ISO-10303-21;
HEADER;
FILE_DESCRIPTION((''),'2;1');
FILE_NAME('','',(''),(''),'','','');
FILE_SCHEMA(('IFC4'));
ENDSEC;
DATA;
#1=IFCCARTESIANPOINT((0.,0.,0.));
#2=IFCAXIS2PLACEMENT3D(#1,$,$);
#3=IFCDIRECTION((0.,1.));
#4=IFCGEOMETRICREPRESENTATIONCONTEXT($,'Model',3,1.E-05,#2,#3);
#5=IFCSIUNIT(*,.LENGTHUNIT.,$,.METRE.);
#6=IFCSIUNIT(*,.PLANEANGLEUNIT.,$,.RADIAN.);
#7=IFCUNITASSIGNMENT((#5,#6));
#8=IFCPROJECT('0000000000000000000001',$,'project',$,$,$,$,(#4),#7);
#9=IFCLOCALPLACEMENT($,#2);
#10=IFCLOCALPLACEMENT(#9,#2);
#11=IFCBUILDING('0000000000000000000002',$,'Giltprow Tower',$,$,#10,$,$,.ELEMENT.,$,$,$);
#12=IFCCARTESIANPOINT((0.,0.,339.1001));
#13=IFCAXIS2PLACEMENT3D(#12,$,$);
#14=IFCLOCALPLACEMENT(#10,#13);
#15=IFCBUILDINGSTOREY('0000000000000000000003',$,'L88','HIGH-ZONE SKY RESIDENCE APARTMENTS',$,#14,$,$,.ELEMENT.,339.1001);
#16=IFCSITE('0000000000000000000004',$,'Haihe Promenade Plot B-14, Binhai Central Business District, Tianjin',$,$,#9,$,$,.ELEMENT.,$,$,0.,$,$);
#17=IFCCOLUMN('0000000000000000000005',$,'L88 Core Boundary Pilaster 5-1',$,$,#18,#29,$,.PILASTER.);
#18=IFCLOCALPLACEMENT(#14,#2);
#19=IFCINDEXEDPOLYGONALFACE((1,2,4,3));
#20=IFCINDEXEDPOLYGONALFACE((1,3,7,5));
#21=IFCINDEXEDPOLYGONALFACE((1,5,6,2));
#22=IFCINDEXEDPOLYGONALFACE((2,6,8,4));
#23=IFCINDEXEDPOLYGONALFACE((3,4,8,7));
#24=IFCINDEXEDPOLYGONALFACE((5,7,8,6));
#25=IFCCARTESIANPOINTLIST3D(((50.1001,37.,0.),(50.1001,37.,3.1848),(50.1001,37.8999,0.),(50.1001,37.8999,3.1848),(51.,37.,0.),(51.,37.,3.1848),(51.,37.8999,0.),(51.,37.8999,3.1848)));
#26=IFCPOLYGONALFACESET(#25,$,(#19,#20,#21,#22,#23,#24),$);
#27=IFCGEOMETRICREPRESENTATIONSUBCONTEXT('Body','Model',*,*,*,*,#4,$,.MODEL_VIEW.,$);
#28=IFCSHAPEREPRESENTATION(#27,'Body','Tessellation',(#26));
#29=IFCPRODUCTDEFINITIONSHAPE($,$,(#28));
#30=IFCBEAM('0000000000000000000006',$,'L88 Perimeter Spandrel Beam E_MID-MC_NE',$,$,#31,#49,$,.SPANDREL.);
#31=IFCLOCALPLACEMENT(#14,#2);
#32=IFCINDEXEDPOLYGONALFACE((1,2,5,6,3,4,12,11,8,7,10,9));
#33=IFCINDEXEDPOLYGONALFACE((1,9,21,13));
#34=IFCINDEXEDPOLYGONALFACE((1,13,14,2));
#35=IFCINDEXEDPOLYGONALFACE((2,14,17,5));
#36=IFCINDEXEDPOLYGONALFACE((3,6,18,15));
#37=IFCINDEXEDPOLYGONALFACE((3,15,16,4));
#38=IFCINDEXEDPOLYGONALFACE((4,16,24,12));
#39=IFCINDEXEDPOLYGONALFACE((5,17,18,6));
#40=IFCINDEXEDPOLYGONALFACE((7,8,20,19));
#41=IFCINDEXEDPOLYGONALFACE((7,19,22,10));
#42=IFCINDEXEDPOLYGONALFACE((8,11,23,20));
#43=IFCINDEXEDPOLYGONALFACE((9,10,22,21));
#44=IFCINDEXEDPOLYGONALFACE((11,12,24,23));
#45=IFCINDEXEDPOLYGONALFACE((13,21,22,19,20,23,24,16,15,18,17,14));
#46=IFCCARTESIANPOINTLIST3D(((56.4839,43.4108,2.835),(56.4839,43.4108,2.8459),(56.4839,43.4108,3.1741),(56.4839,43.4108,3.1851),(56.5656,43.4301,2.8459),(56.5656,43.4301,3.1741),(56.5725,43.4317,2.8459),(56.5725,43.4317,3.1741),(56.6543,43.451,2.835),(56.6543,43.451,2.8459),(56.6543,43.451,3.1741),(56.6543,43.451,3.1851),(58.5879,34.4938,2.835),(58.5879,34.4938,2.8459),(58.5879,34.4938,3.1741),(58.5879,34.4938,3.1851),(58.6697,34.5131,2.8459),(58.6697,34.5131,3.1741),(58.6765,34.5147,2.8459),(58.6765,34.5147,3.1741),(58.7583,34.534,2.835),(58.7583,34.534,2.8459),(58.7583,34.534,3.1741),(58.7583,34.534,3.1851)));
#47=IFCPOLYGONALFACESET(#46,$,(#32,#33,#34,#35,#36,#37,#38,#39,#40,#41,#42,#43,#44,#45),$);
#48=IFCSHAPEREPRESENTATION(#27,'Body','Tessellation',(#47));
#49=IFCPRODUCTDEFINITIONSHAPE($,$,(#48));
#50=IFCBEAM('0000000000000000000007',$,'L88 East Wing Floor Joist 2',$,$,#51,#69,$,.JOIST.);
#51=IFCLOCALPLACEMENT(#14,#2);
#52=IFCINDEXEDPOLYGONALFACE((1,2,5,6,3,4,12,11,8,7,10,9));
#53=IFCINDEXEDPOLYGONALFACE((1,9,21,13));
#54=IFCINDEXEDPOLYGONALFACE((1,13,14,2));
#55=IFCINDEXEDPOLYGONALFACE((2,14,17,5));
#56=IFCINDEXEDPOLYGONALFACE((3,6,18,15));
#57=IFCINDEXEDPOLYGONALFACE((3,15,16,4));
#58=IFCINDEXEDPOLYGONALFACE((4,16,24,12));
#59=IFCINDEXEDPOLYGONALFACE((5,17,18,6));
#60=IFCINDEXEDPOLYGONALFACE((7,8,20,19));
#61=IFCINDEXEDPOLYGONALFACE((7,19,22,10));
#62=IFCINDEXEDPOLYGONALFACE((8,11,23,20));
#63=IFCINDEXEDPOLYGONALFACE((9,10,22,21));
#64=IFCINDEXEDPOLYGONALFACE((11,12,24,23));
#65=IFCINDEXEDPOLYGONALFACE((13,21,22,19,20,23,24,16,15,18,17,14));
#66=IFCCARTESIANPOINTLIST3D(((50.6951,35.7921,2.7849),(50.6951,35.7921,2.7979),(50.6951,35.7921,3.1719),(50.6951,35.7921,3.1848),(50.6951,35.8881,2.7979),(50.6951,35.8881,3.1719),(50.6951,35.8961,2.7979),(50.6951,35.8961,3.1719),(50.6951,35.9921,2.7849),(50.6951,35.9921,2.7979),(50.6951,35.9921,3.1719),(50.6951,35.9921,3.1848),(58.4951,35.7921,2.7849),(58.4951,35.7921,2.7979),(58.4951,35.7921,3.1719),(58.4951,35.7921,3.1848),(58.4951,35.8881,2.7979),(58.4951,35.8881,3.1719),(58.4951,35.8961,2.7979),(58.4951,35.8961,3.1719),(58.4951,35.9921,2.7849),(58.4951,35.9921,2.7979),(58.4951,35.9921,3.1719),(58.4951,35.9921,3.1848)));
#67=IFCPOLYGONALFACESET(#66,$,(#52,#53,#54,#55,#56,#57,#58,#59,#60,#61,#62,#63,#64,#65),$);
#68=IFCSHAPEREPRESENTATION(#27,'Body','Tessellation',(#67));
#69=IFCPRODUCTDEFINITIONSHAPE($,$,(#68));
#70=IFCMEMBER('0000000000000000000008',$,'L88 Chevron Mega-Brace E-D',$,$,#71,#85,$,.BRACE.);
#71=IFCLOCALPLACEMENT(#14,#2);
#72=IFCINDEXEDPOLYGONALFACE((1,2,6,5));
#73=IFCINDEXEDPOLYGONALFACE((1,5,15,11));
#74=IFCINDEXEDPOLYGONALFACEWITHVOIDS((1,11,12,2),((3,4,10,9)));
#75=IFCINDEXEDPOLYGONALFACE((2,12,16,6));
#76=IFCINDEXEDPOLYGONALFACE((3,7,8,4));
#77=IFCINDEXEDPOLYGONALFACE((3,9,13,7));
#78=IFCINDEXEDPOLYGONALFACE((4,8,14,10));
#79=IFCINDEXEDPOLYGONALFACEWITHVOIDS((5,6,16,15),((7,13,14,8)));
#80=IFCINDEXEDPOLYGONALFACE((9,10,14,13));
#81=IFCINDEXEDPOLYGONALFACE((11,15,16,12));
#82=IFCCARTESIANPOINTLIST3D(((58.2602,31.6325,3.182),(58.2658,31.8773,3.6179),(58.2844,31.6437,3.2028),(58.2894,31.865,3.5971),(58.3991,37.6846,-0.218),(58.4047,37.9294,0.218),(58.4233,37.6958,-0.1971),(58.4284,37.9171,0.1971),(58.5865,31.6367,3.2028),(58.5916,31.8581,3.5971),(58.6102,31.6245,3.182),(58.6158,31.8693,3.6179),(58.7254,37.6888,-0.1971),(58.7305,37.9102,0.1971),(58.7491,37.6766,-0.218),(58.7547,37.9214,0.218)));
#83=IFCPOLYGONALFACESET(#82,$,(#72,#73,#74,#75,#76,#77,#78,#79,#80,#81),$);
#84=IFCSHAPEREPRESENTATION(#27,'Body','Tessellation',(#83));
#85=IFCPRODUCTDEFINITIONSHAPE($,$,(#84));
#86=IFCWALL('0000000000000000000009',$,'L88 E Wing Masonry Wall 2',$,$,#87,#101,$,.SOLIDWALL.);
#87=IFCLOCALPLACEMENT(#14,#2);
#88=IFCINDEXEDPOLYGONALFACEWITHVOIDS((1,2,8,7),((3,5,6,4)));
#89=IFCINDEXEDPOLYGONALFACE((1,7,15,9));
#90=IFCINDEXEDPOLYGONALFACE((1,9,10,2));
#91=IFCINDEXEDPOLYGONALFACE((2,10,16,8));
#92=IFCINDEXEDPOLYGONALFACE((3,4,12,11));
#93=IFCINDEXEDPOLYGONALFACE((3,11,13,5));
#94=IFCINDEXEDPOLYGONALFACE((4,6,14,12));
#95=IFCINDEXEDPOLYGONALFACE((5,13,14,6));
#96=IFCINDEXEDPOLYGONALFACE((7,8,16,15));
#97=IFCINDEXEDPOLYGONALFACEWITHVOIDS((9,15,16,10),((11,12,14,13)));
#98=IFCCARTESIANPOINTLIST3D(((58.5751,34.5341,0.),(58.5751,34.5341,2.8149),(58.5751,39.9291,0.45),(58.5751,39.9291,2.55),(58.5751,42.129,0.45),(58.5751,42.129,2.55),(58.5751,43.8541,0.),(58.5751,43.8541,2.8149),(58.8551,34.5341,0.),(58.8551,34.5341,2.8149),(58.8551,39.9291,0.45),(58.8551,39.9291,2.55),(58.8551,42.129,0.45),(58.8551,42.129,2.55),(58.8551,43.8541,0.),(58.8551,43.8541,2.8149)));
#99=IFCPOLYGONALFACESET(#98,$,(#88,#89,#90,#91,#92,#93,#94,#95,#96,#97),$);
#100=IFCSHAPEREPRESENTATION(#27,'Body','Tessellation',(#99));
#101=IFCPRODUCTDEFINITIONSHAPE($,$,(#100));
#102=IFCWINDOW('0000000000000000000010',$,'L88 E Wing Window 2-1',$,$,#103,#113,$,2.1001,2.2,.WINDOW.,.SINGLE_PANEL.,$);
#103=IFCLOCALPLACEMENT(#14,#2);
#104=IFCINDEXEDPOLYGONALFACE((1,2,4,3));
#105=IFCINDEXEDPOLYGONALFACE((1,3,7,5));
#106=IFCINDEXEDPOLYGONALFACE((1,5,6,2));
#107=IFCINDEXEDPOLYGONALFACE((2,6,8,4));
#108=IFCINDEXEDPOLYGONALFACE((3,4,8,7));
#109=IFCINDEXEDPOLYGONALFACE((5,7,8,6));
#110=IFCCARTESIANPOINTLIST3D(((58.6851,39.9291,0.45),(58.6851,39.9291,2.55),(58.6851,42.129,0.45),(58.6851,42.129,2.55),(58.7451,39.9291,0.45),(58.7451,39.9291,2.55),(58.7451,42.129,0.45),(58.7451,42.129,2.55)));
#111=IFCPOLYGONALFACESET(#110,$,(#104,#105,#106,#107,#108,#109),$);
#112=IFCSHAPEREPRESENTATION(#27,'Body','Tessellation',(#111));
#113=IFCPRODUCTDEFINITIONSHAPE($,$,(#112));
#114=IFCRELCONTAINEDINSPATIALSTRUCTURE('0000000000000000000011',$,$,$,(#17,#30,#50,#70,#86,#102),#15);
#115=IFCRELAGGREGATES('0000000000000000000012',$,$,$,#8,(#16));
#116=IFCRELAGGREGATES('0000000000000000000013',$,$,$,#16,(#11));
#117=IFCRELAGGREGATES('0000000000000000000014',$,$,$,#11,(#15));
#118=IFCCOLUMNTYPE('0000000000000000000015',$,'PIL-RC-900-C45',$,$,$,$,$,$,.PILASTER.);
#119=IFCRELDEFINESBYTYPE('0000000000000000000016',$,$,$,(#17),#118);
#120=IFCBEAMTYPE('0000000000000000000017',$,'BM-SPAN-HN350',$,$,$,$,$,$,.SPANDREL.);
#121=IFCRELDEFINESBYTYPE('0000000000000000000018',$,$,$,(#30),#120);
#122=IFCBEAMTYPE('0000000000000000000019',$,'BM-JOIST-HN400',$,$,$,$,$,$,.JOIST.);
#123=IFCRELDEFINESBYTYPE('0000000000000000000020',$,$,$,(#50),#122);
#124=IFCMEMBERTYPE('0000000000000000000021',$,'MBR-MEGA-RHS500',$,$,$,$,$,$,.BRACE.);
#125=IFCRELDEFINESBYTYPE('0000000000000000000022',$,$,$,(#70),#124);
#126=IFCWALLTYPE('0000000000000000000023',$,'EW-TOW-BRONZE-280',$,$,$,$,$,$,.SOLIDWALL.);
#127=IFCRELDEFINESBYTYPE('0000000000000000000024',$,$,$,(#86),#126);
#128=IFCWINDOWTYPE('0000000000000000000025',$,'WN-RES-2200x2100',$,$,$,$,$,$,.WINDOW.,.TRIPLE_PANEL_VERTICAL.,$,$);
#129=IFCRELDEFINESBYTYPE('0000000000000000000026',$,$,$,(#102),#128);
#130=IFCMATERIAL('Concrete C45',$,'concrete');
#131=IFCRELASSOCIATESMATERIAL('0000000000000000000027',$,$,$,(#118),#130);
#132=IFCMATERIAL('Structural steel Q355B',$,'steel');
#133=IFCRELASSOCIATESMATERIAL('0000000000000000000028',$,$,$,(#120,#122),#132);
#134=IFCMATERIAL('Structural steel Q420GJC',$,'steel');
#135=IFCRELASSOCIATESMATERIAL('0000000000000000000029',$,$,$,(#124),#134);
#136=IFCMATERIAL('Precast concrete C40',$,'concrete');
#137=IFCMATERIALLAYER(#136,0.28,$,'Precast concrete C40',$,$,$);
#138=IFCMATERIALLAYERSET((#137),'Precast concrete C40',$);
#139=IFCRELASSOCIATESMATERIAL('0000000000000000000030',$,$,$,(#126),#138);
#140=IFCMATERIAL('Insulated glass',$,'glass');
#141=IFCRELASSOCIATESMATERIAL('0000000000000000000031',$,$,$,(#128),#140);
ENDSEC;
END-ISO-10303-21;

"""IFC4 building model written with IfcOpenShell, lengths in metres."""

from ifc_helpers import new_model, si_unit, direction, frame, frame_2d, origin, origin_2d, place, context, subcontext, project, spatial, rectangle, hollow_rectangle, i_section, extrude, source, transform, mapped, material, layer, layer_set, material_profile, profile_set, type_object, element, fill, save


model = new_model("IFC4")

# Units and contexts
model_context = context("Model", 3, precision=1e-05, world=origin(), true_north=direction((0.0, 1.0)))
body_context = subcontext(model_context, "Body", "Model", "MODEL_VIEW")
ifc_project = project(units=[si_unit("LENGTHUNIT", "METRE"), si_unit("PLANEANGLEUNIT", "RADIAN")], contexts=[model_context])

# Site, building, storey
site_placement = place(None, origin())
site = spatial("IfcSite", under=ifc_project, at=site_placement, Name="Haihe Promenade Plot B-14, Binhai Central Business District, Tianjin", CompositionType="ELEMENT", RefElevation=0.0)
building_placement = place(site_placement, origin())
building = spatial("IfcBuilding", under=site, at=building_placement, Name="Giltprow Tower", CompositionType="ELEMENT")
storey_placement = place(building_placement, frame((0.0, 0.0, 339.1001)))
storey = spatial("IfcBuildingStorey", under=building, at=storey_placement, Name="L88", Description="HIGH-ZONE SKY RESIDENCE APARTMENTS", CompositionType="ELEMENT", Elevation=339.1001)

# Column
ifc_material_1 = material(Name="Concrete C45", Category="concrete")
ifc_material_profile_1 = material_profile(ifc_material_1, rectangle(XDim=0.8999, YDim=0.8999, at=origin_2d()), Name="RC 900x900")
ifc_profile_set_1 = profile_set([ifc_material_profile_1], Name="Concrete C45")
column_type = type_object("IfcColumnType", Name="PIL-RC-900-C45", PredefinedType="PILASTER", material=ifc_profile_set_1)
shared_shape_1 = source(origin(), body_context, "Body", "SweptSolid", [
    extrude(rectangle(XDim=0.8999, YDim=0.8999, at=origin_2d()), origin(), (0.0, 0.0, 1.0), 3.1848),
])
column_placement = place(storey_placement, frame((50.55, 37.45, 0.0), z_axis=(0.0, 0.0, 1.0), x_axis=(1.0, 0.0, 0.0)))
element("IfcColumn", 1, at=column_placement, inside=storey, type_object=column_type, Name="L88 Core Boundary Pilaster 5-1", PredefinedType="PILASTER", context=body_context, shape_type="MappedRepresentation", body=[
    mapped(shared_shape_1, transform((0.0, 0.0, 0.0), x_axis=(1.0, 0.0, 0.0), y_axis=(0.0, 1.0, 0.0), z_axis=(0.0, 0.0, 1.0), scale=1.0)),
])

# Beams
ifc_material_2 = material(Name="Structural steel Q355B", Category="steel")
ifc_material_profile_2 = material_profile(ifc_material_2, i_section(OverallWidth=0.175, OverallDepth=0.3501, WebThickness=0.0071, FlangeThickness=0.011, at=origin_2d()), Name="HN 350x175x7x11")
ifc_profile_set_2 = profile_set([ifc_material_profile_2], Name="Structural steel Q355B")
beam_type_1 = type_object("IfcBeamType", Name="BM-SPAN-HN350", PredefinedType="SPANDREL", material=ifc_profile_set_2)
shared_shape_2 = source(origin(), body_context, "Body", "SweptSolid", [
    extrude(i_section(OverallWidth=0.175, OverallDepth=0.3501, WebThickness=0.0071, FlangeThickness=0.011, at=origin_2d()), origin(), (0.0, 0.0, 1.0), 9.1619),
])
beam_1_placement = place(storey_placement, frame((58.6731, 34.5139, 3.01), z_axis=(-0.229648, 0.973274, 0.0), x_axis=(-0.973274, -0.229648, 0.0)))
element("IfcBeam", 2, at=beam_1_placement, inside=storey, type_object=beam_type_1, Name="L88 Perimeter Spandrel Beam E_MID-MC_NE", PredefinedType="SPANDREL", context=body_context, shape_type="MappedRepresentation", body=[
    mapped(shared_shape_2, transform((0.0, 0.0, 0.0), x_axis=(1.0, 0.0, 0.0), y_axis=(0.0, 1.0, 0.0), z_axis=(0.0, 0.0, 1.0), scale=1.0)),
])
ifc_material_profile_3 = material_profile(ifc_material_2, i_section(OverallWidth=0.2, OverallDepth=0.3999, WebThickness=0.0081, FlangeThickness=0.0129, at=origin_2d()), Name="HN 400x200x8x13")
ifc_profile_set_3 = profile_set([ifc_material_profile_3], Name="Structural steel Q355B")
beam_type_2 = type_object("IfcBeamType", Name="BM-JOIST-HN400", PredefinedType="JOIST", material=ifc_profile_set_3)
shared_shape_3 = source(origin(), body_context, "Body", "SweptSolid", [
    extrude(i_section(OverallWidth=0.2, OverallDepth=0.3999, WebThickness=0.0081, FlangeThickness=0.0129, at=origin_2d()), origin(), (0.0, 0.0, 1.0), 7.8),
])
beam_2_placement = place(storey_placement, frame((50.6951, 35.8921, 2.9849), z_axis=(1.0, 0.0, 0.0), x_axis=(0.0, 1.0, 0.0)))
element("IfcBeam", 3, at=beam_2_placement, inside=storey, type_object=beam_type_2, Name="L88 East Wing Floor Joist 2", PredefinedType="JOIST", context=body_context, shape_type="MappedRepresentation", body=[
    mapped(shared_shape_3, transform((0.0, 0.0, 0.0), x_axis=(1.0, 0.0, 0.0), y_axis=(0.0, 1.0, 0.0), z_axis=(0.0, 0.0, 1.0), scale=1.0)),
])

# Member
ifc_material_3 = material(Name="Structural steel Q420GJC", Category="steel")
ifc_material_profile_4 = material_profile(ifc_material_3, hollow_rectangle(XDim=0.3501, YDim=0.5, WallThickness=0.0239, at=origin_2d()), Name="RHS 500x350x24")
ifc_profile_set_4 = profile_set([ifc_material_profile_4], Name="Structural steel Q420GJC")
member_type = type_object("IfcMemberType", Name="MBR-MEGA-RHS500", PredefinedType="BRACE", material=ifc_profile_set_4)
shared_shape_4 = source(origin(), body_context, "Body", "SweptSolid", [
    extrude(hollow_rectangle(XDim=0.3501, YDim=0.5, WallThickness=0.0239, at=origin_2d()), origin(), (0.0, 0.0, 1.0), 6.9431),
])
member_placement = place(storey_placement, frame((58.5769, 37.803, 0.0), z_axis=(-0.020008, -0.871669, 0.489687), x_axis=(0.999737, -0.022948, 0.0)))
element("IfcMember", 4, at=member_placement, inside=storey, type_object=member_type, Name="L88 Chevron Mega-Brace E-D", PredefinedType="BRACE", context=body_context, shape_type="MappedRepresentation", body=[
    mapped(shared_shape_4, transform((0.0, 0.0, 0.0), x_axis=(1.0, 0.0, 0.0), y_axis=(0.0, 1.0, 0.0), z_axis=(0.0, 0.0, 1.0), scale=1.0)),
])

# Wall, opening, window
ifc_material_4 = material(Name="Precast concrete C40", Category="concrete")
ifc_layer_1 = layer(ifc_material_4, 0.28, Name="Precast concrete C40")
ifc_layer_set_1 = layer_set([ifc_layer_1], Name="Precast concrete C40")
wall_type_1 = type_object("IfcWallType", Name="EW-TOW-BRONZE-280", PredefinedType="SOLIDWALL", material=ifc_layer_set_1)
wall_1_placement = place(storey_placement, frame((58.7151, 34.5339, 0.0), z_axis=(0.0, 0.0, 1.0), x_axis=(0.0, 1.0, 0.0)))
wall_1 = element("IfcWall", 5, at=wall_1_placement, inside=storey, type_object=wall_type_1, Name="L88 E Wing Masonry Wall 2", PredefinedType="SOLIDWALL", context=body_context, shape_type="SweptSolid", body=[
    extrude(rectangle(XDim=9.3201, YDim=0.28, at=frame_2d((4.6602, 0.0))), origin(), (0.0, 0.0, 1.0), 2.8149),
])
opening_1_placement = place(wall_1_placement, frame((5.395, 0.0, 0.45)))
opening_1 = element("IfcOpeningElement", 6, at=opening_1_placement, cuts=wall_1, PredefinedType="OPENING", context=body_context, shape_type="SweptSolid", body=[
    extrude(rectangle(XDim=2.2, YDim=2.1001, at=frame_2d((1.1001, 1.05))), frame((0.0, 0.1499, 0.0), z_axis=(0.0, -1.0, 0.0), x_axis=(1.0, 0.0, 0.0)), (0.0, 0.0, 1.0), 0.3),
])
ifc_material_5 = material(Name="Insulated glass", Category="glass")
window_type = type_object("IfcWindowType", Name="WN-RES-2200x2100", PartitioningType="TRIPLE_PANEL_VERTICAL", PredefinedType="WINDOW", material=ifc_material_5)
shared_shape_5 = source(origin(), body_context, "Body", "SweptSolid", [
    extrude(rectangle(XDim=2.2, YDim=2.1001, at=frame_2d((1.1001, 1.05))), frame((0.0, 0.03, 0.0), z_axis=(0.0, -1.0, 0.0), x_axis=(1.0, 0.0, 0.0)), (0.0, 0.0, 1.0), 0.0601),
])
window_placement = place(opening_1_placement, origin())
window = element("IfcWindow", 7, at=window_placement, inside=storey, type_object=window_type, Name="L88 E Wing Window 2-1", OverallHeight=2.1001, OverallWidth=2.2, PartitioningType="SINGLE_PANEL", PredefinedType="WINDOW", context=body_context, shape_type="MappedRepresentation", body=[
    mapped(shared_shape_5, transform((0.0, 0.0, 0.0), x_axis=(1.0, 0.0, 0.0), y_axis=(0.0, 1.0, 0.0), z_axis=(0.0, 0.0, 1.0), scale=1.0)),
])
fill(opening_1, window)

save(model, "model.ifc")
